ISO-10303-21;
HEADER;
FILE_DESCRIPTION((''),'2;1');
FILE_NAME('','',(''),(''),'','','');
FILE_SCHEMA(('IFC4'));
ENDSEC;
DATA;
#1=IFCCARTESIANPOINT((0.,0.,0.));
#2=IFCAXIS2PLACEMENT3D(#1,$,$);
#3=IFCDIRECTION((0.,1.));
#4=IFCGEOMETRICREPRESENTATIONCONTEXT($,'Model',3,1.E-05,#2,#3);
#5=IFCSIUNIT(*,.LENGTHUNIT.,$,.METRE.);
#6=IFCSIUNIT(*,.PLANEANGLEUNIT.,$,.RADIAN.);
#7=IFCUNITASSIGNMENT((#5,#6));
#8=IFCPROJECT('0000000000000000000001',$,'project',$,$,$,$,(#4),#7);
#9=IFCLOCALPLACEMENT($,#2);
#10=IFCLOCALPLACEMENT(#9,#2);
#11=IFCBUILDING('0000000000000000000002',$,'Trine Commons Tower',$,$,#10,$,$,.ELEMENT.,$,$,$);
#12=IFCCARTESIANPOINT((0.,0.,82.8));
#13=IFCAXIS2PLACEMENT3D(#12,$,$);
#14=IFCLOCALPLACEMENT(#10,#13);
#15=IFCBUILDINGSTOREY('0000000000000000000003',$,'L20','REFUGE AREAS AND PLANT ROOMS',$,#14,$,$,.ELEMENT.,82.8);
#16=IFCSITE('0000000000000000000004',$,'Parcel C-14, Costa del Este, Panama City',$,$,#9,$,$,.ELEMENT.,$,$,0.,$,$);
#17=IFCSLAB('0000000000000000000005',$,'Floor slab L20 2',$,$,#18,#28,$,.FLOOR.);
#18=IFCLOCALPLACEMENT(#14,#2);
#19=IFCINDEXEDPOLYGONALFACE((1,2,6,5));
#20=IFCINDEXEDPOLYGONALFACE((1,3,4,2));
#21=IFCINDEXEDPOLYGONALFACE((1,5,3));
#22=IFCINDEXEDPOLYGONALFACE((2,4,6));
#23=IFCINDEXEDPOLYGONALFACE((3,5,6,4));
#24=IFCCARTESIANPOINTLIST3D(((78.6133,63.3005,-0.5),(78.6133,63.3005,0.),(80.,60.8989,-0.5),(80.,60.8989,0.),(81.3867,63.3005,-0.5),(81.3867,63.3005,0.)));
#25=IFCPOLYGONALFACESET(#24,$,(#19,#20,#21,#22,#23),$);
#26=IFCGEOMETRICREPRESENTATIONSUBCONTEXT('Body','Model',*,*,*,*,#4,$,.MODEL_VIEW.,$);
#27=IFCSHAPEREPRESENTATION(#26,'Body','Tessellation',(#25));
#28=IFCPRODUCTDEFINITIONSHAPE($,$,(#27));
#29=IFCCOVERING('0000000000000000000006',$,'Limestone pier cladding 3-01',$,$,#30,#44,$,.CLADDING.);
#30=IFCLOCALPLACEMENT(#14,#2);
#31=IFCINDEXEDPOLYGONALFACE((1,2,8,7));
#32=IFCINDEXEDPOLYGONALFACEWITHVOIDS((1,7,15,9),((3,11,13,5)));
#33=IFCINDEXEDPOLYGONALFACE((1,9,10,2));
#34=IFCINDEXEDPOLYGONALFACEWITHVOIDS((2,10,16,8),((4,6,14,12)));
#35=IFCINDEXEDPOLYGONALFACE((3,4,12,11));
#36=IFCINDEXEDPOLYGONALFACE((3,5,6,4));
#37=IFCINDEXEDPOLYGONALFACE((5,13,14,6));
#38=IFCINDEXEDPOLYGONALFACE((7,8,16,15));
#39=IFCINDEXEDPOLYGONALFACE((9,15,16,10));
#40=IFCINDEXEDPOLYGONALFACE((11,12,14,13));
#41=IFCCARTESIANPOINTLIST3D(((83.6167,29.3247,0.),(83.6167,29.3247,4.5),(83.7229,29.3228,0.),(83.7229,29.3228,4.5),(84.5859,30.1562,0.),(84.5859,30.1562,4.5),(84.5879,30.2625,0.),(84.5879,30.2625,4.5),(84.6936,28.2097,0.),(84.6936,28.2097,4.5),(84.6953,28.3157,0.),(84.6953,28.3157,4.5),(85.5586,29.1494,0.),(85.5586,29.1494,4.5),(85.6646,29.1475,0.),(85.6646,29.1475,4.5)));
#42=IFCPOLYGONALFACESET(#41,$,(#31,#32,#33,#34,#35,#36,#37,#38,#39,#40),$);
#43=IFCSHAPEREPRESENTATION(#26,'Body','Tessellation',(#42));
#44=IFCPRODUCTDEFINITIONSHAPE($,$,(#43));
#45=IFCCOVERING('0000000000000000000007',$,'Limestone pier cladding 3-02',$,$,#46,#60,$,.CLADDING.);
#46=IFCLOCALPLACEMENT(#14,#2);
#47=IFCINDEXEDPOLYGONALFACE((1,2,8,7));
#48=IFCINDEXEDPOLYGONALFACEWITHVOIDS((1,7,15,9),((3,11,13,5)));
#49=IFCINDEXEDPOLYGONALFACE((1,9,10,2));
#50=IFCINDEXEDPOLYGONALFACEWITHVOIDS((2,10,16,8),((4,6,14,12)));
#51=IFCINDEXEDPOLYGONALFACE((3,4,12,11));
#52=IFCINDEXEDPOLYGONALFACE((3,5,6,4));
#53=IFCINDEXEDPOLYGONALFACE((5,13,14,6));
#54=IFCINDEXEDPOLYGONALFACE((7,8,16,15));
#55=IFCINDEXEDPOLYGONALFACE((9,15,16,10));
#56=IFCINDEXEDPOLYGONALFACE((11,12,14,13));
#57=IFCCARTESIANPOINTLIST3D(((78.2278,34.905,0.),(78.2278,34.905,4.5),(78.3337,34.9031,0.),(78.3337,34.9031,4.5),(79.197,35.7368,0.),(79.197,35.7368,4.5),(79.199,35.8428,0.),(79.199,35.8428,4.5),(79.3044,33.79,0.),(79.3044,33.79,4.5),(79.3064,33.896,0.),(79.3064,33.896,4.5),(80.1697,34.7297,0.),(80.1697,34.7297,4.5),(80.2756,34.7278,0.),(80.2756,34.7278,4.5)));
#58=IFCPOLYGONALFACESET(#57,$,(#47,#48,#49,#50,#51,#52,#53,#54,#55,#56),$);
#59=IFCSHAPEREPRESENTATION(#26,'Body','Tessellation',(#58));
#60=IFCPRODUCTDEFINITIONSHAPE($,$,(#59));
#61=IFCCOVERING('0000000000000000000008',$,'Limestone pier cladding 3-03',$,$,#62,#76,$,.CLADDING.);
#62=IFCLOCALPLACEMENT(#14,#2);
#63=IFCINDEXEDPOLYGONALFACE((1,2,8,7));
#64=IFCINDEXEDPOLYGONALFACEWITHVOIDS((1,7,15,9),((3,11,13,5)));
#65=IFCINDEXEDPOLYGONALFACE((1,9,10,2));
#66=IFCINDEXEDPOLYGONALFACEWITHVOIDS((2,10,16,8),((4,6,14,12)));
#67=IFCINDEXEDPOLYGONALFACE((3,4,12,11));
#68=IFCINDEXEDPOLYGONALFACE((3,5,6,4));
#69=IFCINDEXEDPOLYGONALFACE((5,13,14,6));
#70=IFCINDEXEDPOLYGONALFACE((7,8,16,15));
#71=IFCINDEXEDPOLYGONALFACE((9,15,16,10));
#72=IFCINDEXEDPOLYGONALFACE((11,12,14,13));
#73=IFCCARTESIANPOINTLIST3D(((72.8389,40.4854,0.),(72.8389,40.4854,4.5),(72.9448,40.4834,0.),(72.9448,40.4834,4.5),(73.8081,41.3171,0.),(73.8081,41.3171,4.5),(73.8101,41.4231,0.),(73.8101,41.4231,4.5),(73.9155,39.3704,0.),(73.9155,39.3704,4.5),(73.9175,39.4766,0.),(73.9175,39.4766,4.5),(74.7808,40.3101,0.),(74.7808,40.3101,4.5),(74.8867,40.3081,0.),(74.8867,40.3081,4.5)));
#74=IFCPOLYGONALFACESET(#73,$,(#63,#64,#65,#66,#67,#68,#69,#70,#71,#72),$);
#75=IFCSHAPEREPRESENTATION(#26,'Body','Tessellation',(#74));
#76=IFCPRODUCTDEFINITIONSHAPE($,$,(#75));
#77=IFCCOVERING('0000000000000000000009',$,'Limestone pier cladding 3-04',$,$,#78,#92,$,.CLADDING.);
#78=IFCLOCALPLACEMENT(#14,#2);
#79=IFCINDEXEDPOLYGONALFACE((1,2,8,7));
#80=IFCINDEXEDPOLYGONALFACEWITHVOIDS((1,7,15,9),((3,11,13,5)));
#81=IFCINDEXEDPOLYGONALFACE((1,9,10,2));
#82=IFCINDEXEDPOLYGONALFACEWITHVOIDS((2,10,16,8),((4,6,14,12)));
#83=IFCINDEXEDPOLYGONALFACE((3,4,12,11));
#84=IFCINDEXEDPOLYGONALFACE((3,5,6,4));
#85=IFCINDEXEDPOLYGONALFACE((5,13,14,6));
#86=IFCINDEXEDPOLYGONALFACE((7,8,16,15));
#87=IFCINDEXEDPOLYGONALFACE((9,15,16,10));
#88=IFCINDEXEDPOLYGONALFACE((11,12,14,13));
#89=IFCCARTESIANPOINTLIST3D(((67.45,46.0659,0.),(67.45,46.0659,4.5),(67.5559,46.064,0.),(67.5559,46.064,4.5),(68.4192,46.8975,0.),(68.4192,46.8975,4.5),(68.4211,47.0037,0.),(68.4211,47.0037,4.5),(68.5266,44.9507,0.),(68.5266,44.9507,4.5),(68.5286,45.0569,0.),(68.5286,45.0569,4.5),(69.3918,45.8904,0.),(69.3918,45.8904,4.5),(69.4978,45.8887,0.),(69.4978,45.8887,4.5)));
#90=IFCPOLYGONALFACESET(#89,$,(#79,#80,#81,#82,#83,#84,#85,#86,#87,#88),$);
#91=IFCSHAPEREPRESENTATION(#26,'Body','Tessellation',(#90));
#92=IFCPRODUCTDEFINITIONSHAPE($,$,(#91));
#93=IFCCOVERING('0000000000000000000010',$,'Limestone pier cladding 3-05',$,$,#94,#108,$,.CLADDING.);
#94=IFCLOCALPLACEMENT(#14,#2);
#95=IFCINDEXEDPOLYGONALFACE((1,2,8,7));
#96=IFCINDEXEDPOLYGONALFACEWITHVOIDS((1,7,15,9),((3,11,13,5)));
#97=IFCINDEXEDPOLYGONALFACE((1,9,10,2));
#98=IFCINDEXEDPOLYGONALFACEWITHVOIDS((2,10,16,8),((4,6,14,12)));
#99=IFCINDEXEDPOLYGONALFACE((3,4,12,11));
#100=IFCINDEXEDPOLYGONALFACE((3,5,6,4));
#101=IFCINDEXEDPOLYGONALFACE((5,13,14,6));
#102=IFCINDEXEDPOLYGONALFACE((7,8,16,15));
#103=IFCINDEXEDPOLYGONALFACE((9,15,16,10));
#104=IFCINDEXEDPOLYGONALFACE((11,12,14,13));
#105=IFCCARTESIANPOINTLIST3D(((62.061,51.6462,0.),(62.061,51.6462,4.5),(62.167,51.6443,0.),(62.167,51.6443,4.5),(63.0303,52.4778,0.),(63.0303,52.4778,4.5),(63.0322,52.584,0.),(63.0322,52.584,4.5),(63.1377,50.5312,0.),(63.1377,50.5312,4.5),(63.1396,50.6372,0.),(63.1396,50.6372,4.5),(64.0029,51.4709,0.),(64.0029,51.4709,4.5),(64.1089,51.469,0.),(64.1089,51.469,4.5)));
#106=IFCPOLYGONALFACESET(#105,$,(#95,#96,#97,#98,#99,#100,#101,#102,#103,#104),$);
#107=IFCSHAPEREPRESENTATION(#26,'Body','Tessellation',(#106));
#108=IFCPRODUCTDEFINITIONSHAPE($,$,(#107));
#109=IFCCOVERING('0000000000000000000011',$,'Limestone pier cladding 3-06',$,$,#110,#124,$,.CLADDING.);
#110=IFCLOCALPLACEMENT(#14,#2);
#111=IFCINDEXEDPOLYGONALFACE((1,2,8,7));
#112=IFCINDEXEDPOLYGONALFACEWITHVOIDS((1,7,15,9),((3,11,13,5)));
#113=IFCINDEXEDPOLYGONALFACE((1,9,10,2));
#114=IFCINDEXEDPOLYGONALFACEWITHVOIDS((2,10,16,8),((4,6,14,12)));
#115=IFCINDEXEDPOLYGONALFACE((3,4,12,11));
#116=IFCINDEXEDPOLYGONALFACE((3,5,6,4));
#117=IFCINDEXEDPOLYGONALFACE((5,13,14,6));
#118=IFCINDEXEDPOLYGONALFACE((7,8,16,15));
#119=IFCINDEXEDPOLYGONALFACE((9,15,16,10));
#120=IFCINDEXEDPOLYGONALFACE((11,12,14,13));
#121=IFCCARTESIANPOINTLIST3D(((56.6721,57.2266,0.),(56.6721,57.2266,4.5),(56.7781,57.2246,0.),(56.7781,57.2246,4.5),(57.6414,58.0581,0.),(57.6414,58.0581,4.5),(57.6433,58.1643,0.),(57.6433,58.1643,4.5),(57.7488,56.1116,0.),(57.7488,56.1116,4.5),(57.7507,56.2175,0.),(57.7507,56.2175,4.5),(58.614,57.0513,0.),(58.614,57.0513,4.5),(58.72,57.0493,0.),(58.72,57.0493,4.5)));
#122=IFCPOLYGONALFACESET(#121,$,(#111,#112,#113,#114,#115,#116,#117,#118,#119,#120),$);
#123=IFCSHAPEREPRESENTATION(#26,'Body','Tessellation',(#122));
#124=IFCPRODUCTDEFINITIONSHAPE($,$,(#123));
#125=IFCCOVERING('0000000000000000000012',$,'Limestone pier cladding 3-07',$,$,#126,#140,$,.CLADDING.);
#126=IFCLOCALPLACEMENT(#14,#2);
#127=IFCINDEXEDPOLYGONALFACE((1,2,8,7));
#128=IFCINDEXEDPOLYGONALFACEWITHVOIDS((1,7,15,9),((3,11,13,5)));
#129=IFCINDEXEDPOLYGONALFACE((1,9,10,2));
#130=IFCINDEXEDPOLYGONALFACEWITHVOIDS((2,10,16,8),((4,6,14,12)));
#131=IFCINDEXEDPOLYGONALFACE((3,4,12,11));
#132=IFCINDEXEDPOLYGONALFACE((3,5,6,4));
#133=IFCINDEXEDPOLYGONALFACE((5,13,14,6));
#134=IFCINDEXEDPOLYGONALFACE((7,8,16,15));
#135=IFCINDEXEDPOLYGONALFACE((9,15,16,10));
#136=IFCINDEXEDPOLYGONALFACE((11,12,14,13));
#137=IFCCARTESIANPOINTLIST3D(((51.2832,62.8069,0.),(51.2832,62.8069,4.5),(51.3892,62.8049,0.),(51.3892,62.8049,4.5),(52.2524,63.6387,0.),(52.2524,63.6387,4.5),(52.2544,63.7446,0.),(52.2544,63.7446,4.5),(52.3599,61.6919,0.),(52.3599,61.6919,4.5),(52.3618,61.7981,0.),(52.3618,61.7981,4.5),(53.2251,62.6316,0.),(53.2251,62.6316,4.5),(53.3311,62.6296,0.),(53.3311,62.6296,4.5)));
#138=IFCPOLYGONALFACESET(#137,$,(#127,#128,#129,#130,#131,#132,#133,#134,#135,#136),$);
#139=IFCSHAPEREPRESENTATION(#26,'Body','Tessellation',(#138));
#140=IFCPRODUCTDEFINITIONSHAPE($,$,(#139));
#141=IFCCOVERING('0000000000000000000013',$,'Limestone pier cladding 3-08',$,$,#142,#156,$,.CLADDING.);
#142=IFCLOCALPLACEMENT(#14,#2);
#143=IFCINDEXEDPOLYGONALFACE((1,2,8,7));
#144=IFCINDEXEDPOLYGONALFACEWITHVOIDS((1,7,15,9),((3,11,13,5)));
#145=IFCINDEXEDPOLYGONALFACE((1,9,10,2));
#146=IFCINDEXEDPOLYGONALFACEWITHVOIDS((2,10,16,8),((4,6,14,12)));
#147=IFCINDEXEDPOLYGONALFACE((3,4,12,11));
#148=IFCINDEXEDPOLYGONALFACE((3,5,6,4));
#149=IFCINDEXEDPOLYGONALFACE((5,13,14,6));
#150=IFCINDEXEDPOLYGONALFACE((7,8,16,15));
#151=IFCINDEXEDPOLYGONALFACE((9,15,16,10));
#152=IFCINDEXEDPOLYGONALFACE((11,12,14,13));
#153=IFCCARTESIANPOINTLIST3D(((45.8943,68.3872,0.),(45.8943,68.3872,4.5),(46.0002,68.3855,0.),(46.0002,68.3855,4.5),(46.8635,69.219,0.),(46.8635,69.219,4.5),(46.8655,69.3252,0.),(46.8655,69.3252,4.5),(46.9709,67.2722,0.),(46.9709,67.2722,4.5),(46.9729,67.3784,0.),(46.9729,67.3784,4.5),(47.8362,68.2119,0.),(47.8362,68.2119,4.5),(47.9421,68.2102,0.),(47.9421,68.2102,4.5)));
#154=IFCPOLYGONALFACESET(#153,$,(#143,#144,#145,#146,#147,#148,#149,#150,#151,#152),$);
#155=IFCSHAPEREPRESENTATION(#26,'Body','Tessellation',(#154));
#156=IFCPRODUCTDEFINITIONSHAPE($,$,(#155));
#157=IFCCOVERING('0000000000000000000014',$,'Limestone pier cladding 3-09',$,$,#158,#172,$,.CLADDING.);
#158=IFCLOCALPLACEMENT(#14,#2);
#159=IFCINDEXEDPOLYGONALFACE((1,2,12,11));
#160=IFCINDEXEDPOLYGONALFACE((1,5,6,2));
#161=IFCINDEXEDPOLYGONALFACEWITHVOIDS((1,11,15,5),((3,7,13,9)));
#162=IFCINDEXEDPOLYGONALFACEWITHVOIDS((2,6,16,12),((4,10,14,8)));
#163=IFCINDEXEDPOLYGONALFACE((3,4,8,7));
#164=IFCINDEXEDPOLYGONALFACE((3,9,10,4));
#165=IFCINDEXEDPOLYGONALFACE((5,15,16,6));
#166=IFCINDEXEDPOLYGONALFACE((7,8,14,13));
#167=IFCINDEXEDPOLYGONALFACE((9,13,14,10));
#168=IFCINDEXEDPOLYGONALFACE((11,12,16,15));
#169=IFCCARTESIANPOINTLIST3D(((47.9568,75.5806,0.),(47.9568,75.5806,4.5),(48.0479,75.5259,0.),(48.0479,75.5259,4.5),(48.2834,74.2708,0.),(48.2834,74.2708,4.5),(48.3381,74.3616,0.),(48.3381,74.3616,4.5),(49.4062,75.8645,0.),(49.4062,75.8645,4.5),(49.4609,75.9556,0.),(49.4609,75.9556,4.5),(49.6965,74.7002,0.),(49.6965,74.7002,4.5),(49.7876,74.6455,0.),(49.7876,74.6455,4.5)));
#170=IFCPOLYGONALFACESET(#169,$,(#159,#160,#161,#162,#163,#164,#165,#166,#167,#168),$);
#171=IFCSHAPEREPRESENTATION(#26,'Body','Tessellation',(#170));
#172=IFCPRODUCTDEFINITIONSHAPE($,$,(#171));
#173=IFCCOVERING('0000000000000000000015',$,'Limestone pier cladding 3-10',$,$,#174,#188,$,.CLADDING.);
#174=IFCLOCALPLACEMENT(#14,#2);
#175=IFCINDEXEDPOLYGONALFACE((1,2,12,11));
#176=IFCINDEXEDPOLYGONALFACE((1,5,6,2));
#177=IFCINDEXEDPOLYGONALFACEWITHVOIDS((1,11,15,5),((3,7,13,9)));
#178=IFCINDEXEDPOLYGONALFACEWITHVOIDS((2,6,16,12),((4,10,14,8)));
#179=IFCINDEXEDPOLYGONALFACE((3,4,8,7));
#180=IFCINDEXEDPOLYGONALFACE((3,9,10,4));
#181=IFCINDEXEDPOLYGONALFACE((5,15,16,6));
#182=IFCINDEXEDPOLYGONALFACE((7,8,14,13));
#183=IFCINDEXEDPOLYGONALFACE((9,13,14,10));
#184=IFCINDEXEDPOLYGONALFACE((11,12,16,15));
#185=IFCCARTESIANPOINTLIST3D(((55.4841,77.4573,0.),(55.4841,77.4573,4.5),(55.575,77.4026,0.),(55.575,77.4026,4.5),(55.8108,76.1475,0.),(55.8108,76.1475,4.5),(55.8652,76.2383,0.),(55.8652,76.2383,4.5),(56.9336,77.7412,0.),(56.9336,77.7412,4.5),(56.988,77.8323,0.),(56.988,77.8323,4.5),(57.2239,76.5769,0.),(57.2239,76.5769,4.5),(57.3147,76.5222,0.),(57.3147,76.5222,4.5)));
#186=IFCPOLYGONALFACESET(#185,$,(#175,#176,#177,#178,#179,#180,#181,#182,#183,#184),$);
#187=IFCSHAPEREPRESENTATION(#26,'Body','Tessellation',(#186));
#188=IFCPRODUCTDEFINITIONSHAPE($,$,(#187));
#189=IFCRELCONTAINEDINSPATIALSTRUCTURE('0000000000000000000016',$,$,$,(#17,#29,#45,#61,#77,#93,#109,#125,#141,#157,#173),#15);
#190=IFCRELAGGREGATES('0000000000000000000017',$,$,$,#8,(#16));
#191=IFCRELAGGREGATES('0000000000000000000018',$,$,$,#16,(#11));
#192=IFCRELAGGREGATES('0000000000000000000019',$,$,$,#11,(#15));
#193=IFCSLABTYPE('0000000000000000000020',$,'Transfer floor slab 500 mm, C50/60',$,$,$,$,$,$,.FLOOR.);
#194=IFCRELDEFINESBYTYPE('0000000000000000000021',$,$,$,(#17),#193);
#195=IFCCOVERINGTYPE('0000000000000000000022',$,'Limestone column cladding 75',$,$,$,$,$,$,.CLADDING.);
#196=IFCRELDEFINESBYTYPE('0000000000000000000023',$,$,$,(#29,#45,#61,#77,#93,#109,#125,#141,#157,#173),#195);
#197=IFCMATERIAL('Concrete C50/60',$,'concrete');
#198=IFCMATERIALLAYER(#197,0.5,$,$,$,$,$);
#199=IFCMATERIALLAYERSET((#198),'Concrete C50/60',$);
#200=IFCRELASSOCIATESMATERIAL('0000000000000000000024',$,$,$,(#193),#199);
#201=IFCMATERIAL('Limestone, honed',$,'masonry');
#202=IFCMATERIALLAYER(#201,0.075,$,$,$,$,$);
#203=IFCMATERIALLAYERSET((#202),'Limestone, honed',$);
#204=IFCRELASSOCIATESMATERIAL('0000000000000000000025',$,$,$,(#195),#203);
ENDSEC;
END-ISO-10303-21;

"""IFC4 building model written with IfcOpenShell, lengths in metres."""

from ifc_helpers import new_model, si_unit, direction, frame, origin, place, context, subcontext, project, spatial, polyline, outline, extrude, material, layer, layer_set, type_object, element, save


model = new_model("IFC4")

# Units and contexts
model_context = context("Model", 3, precision=1e-05, world=origin(), true_north=direction((0.0, 1.0)))
body_context = subcontext(model_context, "Body", "Model", "MODEL_VIEW")
ifc_project = project(units=[si_unit("LENGTHUNIT", "METRE"), si_unit("PLANEANGLEUNIT", "RADIAN")], contexts=[model_context])

# Site, building, storey
site_placement = place(None, origin())
site = spatial("IfcSite", under=ifc_project, at=site_placement, Name="Parcel C-14, Costa del Este, Panama City", CompositionType="ELEMENT", RefElevation=0.0)
building_placement = place(site_placement, origin())
building = spatial("IfcBuilding", under=site, at=building_placement, Name="Trine Commons Tower", CompositionType="ELEMENT")
storey_placement = place(building_placement, frame((0.0, 0.0, 82.8)))
storey = spatial("IfcBuildingStorey", under=building, at=storey_placement, Name="L20", Description="REFUGE AREAS AND PLANT ROOMS", CompositionType="ELEMENT", Elevation=82.8)

# Slab
ifc_material_1 = material(Name="Concrete C50/60", Category="concrete")
ifc_layer_1 = layer(ifc_material_1, 0.5)
ifc_layer_set_1 = layer_set([ifc_layer_1], Name="Concrete C50/60")
slab_type_1 = type_object("IfcSlabType", Name="Transfer floor slab 500 mm, C50/60", PredefinedType="FLOOR", material=ifc_layer_set_1)
slab_1_placement = place(storey_placement, frame((0.0, 0.0, -0.5)))
element("IfcSlab", 1, at=slab_1_placement, inside=storey, type_object=slab_type_1, Name="Floor slab L20 2", PredefinedType="FLOOR", context=body_context, shape_type="SweptSolid", body=[
    extrude(outline(polyline([(78.6133, 63.3005), (80.0, 60.8989), (81.3867, 63.3005), (78.6133, 63.3005)])), origin(), (0.0, 0.0, 1.0), 0.5),
])

# Coverings
ifc_material_2 = material(Name="Limestone, honed", Category="masonry")
ifc_layer_2 = layer(ifc_material_2, 0.075)
ifc_layer_set_2 = layer_set([ifc_layer_2], Name="Limestone, honed")
covering_type_1 = type_object("IfcCoveringType", Name="Limestone column cladding 75", PredefinedType="CLADDING", material=ifc_layer_set_2)
covering_1_placement = place(storey_placement, origin())
element("IfcCovering", 2, at=covering_1_placement, inside=storey, type_object=covering_type_1, Name="Limestone pier cladding 3-01", PredefinedType="CLADDING", context=body_context, shape_type="SweptSolid", body=[
    extrude(outline(polyline([(84.5879, 30.2625), (83.6167, 29.3247), (84.6936, 28.2097), (85.6646, 29.1475), (84.5879, 30.2625)]), holes=[polyline([(84.5859, 30.1562), (83.7229, 29.3228), (84.6953, 28.3157), (85.5586, 29.1494), (84.5859, 30.1562)])]), origin(), (0.0, 0.0, 1.0), 4.5),
])
covering_2_placement = place(storey_placement, origin())
element("IfcCovering", 3, at=covering_2_placement, inside=storey, type_object=covering_type_1, Name="Limestone pier cladding 3-02", PredefinedType="CLADDING", context=body_context, shape_type="SweptSolid", body=[
    extrude(outline(polyline([(79.199, 35.8428), (78.2278, 34.905), (79.3044, 33.79), (80.2756, 34.7278), (79.199, 35.8428)]), holes=[polyline([(79.197, 35.7368), (78.3337, 34.9031), (79.3064, 33.896), (80.1697, 34.7297), (79.197, 35.7368)])]), origin(), (0.0, 0.0, 1.0), 4.5),
])
covering_3_placement = place(storey_placement, origin())
element("IfcCovering", 4, at=covering_3_placement, inside=storey, type_object=covering_type_1, Name="Limestone pier cladding 3-03", PredefinedType="CLADDING", context=body_context, shape_type="SweptSolid", body=[
    extrude(outline(polyline([(73.8101, 41.4231), (72.8389, 40.4854), (73.9155, 39.3704), (74.8867, 40.3081), (73.8101, 41.4231)]), holes=[polyline([(73.8081, 41.3171), (72.9448, 40.4834), (73.9175, 39.4766), (74.7808, 40.3101), (73.8081, 41.3171)])]), origin(), (0.0, 0.0, 1.0), 4.5),
])
covering_4_placement = place(storey_placement, origin())
element("IfcCovering", 5, at=covering_4_placement, inside=storey, type_object=covering_type_1, Name="Limestone pier cladding 3-04", PredefinedType="CLADDING", context=body_context, shape_type="SweptSolid", body=[
    extrude(outline(polyline([(68.4211, 47.0037), (67.45, 46.0659), (68.5266, 44.9507), (69.4978, 45.8887), (68.4211, 47.0037)]), holes=[polyline([(68.4192, 46.8975), (67.5559, 46.064), (68.5286, 45.0569), (69.3918, 45.8904), (68.4192, 46.8975)])]), origin(), (0.0, 0.0, 1.0), 4.5),
])
covering_5_placement = place(storey_placement, origin())
element("IfcCovering", 6, at=covering_5_placement, inside=storey, type_object=covering_type_1, Name="Limestone pier cladding 3-05", PredefinedType="CLADDING", context=body_context, shape_type="SweptSolid", body=[
    extrude(outline(polyline([(63.0322, 52.584), (62.061, 51.6462), (63.1377, 50.5312), (64.1089, 51.469), (63.0322, 52.584)]), holes=[polyline([(63.0303, 52.4778), (62.167, 51.6443), (63.1396, 50.6372), (64.0029, 51.4709), (63.0303, 52.4778)])]), origin(), (0.0, 0.0, 1.0), 4.5),
])
covering_6_placement = place(storey_placement, origin())
element("IfcCovering", 7, at=covering_6_placement, inside=storey, type_object=covering_type_1, Name="Limestone pier cladding 3-06", PredefinedType="CLADDING", context=body_context, shape_type="SweptSolid", body=[
    extrude(outline(polyline([(57.6433, 58.1643), (56.6721, 57.2266), (57.7488, 56.1116), (58.72, 57.0493), (57.6433, 58.1643)]), holes=[polyline([(57.6414, 58.0581), (56.7781, 57.2246), (57.7507, 56.2175), (58.614, 57.0513), (57.6414, 58.0581)])]), origin(), (0.0, 0.0, 1.0), 4.5),
])
covering_7_placement = place(storey_placement, origin())
element("IfcCovering", 8, at=covering_7_placement, inside=storey, type_object=covering_type_1, Name="Limestone pier cladding 3-07", PredefinedType="CLADDING", context=body_context, shape_type="SweptSolid", body=[
    extrude(outline(polyline([(52.2544, 63.7446), (51.2832, 62.8069), (52.3599, 61.6919), (53.3311, 62.6296), (52.2544, 63.7446)]), holes=[polyline([(52.2524, 63.6387), (51.3892, 62.8049), (52.3618, 61.7981), (53.2251, 62.6316), (52.2524, 63.6387)])]), origin(), (0.0, 0.0, 1.0), 4.5),
])
covering_8_placement = place(storey_placement, origin())
element("IfcCovering", 9, at=covering_8_placement, inside=storey, type_object=covering_type_1, Name="Limestone pier cladding 3-08", PredefinedType="CLADDING", context=body_context, shape_type="SweptSolid", body=[
    extrude(outline(polyline([(46.8655, 69.3252), (45.8943, 68.3872), (46.9709, 67.2722), (47.9421, 68.2102), (46.8655, 69.3252)]), holes=[polyline([(46.8635, 69.219), (46.0002, 68.3855), (46.9729, 67.3784), (47.8362, 68.2119), (46.8635, 69.219)])]), origin(), (0.0, 0.0, 1.0), 4.5),
])
covering_9_placement = place(storey_placement, origin())
element("IfcCovering", 10, at=covering_9_placement, inside=storey, type_object=covering_type_1, Name="Limestone pier cladding 3-09", PredefinedType="CLADDING", context=body_context, shape_type="SweptSolid", body=[
    extrude(outline(polyline([(49.7876, 74.6455), (49.4609, 75.9556), (47.9568, 75.5806), (48.2834, 74.2708), (49.7876, 74.6455)]), holes=[polyline([(49.6965, 74.7002), (49.4062, 75.8645), (48.0479, 75.5259), (48.3381, 74.3616), (49.6965, 74.7002)])]), origin(), (0.0, 0.0, 1.0), 4.5),
])
covering_10_placement = place(storey_placement, origin())
element("IfcCovering", 11, at=covering_10_placement, inside=storey, type_object=covering_type_1, Name="Limestone pier cladding 3-10", PredefinedType="CLADDING", context=body_context, shape_type="SweptSolid", body=[
    extrude(outline(polyline([(57.3147, 76.5222), (56.988, 77.8323), (55.4841, 77.4573), (55.8108, 76.1475), (57.3147, 76.5222)]), holes=[polyline([(57.2239, 76.5769), (56.9336, 77.7412), (55.575, 77.4026), (55.8652, 76.2383), (57.2239, 76.5769)])]), origin(), (0.0, 0.0, 1.0), 4.5),
])

save(model, "model.ifc")
